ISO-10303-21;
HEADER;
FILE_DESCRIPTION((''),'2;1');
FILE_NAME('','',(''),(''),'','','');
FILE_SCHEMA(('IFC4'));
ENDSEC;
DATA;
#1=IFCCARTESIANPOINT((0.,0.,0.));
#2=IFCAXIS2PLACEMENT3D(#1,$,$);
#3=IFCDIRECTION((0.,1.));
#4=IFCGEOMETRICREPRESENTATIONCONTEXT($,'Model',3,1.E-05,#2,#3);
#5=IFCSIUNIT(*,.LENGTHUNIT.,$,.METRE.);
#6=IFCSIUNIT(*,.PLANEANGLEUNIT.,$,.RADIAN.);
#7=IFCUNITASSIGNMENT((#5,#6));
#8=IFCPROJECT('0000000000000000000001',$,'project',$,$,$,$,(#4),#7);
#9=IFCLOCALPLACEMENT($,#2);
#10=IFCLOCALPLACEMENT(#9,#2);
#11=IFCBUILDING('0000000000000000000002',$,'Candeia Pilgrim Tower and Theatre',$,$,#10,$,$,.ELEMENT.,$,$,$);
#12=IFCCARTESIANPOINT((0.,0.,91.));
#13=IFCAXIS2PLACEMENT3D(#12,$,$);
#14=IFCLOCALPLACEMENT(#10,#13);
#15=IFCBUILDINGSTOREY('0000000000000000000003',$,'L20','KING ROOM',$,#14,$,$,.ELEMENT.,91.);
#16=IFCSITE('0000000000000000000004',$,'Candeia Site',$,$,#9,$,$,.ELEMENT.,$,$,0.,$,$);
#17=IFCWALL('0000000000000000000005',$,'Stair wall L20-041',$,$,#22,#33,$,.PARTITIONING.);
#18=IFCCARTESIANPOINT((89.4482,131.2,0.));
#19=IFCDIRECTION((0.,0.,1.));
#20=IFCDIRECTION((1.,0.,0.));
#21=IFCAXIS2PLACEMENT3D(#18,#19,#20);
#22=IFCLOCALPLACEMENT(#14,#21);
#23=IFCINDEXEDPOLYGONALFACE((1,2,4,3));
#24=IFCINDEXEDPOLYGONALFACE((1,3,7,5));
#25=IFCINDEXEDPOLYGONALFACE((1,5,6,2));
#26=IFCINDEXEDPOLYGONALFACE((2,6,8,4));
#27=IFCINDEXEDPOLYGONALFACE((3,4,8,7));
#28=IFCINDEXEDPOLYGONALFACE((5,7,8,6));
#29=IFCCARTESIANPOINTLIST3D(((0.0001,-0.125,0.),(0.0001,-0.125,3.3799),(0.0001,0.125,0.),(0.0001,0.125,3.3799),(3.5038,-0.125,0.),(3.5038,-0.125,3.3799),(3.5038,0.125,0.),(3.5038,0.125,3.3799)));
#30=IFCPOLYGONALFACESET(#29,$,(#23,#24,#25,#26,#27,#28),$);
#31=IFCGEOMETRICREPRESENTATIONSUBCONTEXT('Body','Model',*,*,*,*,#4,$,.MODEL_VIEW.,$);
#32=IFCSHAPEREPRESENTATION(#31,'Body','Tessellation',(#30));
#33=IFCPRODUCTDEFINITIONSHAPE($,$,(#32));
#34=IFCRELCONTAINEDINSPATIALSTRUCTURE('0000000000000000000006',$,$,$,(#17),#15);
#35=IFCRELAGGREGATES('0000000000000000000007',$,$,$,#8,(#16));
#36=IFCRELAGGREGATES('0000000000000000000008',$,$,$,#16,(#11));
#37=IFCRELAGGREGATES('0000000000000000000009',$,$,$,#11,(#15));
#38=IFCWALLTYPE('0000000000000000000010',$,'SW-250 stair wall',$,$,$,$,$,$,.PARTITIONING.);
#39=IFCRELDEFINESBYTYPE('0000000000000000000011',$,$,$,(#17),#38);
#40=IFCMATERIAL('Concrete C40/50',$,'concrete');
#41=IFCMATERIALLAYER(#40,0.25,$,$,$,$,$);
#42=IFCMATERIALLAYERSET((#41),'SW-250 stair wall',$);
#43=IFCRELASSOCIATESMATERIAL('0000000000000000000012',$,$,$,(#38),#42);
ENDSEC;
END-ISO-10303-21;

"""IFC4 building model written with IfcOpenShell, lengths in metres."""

from ifc_helpers import new_model, si_unit, direction, frame, frame_2d, origin, place, context, subcontext, project, spatial, rectangle, extrude, material, layer, layer_set, type_object, element, save


model = new_model("IFC4")

# Units and contexts
model_context = context("Model", 3, precision=1e-05, world=origin(), true_north=direction((0.0, 1.0)))
body_context = subcontext(model_context, "Body", "Model", "MODEL_VIEW")
ifc_project = project(units=[si_unit("LENGTHUNIT", "METRE"), si_unit("PLANEANGLEUNIT", "RADIAN")], contexts=[model_context])

# Site, building, storey
site_placement = place(None, origin())
site = spatial("IfcSite", under=ifc_project, at=site_placement, Name="Candeia Site", CompositionType="ELEMENT", RefElevation=0.0)
building_placement = place(site_placement, origin())
building = spatial("IfcBuilding", under=site, at=building_placement, Name="Candeia Pilgrim Tower and Theatre", CompositionType="ELEMENT")
storey_placement = place(building_placement, frame((0.0, 0.0, 91.0)))
storey = spatial("IfcBuildingStorey", under=building, at=storey_placement, Name="L20", Description="KING ROOM", CompositionType="ELEMENT", Elevation=91.0)

# Shared definitions
ifc_material_1 = material(Name="Concrete C40/50", Category="concrete")

# Wall
ifc_layer_1 = layer(ifc_material_1, 0.25)
ifc_layer_set_1 = layer_set([ifc_layer_1], Name="SW-250 stair wall")
wall_type_1 = type_object("IfcWallType", Name="SW-250 stair wall", PredefinedType="PARTITIONING", material=ifc_layer_set_1)
wall_1_placement = place(storey_placement, frame((89.4482, 131.2, 0.0), z_axis=(0.0, 0.0, 1.0), x_axis=(1.0, 0.0, 0.0)))
element("IfcWall", 1, at=wall_1_placement, inside=storey, type_object=wall_type_1, Name="Stair wall L20-041", PredefinedType="PARTITIONING", context=body_context, shape_type="SweptSolid", body=[
    extrude(rectangle(XDim=3.5037, YDim=0.25, at=frame_2d((1.752, 0.0))), origin(), (0.0, 0.0, 1.0), 3.3799),
])

save(model, "model.ifc")
